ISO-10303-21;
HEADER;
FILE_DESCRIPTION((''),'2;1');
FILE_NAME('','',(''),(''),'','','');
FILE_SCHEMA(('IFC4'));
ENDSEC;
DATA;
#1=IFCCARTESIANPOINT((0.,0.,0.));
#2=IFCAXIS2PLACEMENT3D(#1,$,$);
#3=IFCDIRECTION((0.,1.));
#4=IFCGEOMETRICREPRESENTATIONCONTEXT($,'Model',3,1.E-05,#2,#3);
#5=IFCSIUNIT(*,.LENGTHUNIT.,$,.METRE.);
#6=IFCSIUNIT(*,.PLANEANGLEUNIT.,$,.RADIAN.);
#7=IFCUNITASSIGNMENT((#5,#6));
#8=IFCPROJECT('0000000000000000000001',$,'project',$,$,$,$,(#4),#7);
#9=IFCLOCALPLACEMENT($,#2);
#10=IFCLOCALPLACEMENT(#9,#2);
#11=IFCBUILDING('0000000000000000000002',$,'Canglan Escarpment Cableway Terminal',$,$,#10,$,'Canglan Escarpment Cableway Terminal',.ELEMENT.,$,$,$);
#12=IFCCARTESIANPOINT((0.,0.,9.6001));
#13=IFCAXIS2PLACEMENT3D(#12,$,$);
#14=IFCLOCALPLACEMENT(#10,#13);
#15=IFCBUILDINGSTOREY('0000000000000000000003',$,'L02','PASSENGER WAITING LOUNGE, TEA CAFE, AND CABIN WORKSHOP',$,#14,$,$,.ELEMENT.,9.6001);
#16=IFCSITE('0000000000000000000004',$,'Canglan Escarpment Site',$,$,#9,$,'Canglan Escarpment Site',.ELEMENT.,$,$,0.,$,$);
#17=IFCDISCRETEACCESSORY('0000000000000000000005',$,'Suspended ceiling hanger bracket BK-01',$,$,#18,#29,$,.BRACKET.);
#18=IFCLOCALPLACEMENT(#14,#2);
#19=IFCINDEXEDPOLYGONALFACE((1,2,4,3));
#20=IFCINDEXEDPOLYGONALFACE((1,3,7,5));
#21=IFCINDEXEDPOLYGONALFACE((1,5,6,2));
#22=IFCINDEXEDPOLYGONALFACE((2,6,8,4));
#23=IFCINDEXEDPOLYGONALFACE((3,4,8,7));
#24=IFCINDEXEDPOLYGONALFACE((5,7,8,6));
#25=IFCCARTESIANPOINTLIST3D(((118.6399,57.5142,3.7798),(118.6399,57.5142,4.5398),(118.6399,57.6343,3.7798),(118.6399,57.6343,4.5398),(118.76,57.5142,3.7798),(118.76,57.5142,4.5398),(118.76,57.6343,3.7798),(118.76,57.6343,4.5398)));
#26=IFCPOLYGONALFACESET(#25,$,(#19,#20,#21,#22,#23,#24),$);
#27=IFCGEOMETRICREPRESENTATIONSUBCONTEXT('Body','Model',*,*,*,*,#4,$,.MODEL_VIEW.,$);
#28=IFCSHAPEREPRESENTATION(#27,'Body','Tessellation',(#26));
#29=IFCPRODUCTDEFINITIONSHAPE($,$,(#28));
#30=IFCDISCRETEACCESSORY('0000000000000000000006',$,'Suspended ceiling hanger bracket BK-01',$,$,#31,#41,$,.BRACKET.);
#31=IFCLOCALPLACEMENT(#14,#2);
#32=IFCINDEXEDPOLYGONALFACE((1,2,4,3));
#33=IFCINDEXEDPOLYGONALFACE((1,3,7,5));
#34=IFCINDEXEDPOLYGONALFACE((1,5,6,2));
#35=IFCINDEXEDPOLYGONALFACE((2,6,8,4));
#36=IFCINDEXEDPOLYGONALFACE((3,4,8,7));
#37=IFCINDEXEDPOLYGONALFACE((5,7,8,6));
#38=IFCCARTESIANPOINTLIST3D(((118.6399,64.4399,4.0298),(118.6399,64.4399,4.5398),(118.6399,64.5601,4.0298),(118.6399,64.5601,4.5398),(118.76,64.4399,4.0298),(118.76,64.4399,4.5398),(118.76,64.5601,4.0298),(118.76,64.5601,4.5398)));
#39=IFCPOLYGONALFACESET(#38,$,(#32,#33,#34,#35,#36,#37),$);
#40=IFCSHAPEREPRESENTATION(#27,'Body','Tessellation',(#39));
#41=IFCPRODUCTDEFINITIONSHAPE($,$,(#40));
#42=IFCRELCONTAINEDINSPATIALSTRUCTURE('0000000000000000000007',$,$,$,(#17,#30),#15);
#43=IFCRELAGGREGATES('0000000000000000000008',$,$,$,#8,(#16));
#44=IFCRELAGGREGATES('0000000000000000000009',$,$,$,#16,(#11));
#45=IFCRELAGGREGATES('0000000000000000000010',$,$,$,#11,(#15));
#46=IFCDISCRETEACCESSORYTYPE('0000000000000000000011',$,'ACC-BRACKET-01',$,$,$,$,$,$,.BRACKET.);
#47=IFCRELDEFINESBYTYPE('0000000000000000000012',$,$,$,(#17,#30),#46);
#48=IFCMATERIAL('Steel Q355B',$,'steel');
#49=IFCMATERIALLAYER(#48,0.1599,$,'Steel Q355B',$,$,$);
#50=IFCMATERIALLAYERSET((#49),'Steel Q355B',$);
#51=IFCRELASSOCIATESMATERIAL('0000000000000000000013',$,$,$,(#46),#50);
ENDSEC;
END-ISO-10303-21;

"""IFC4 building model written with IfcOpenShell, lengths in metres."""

from ifc_helpers import new_model, si_unit, direction, frame, origin, origin_2d, place, context, subcontext, project, spatial, rectangle, extrude, material, layer, layer_set, type_object, element, save


model = new_model("IFC4")

# Units and contexts
model_context = context("Model", 3, precision=1e-05, world=origin(), true_north=direction((0.0, 1.0)))
body_context = subcontext(model_context, "Body", "Model", "MODEL_VIEW")
ifc_project = project(units=[si_unit("LENGTHUNIT", "METRE"), si_unit("PLANEANGLEUNIT", "RADIAN")], contexts=[model_context])

# Site, building, storey
site_placement = place(None, origin())
site = spatial("IfcSite", under=ifc_project, at=site_placement, Name="Canglan Escarpment Site", LongName="Canglan Escarpment Site", CompositionType="ELEMENT", RefElevation=0.0)
building_placement = place(site_placement, origin())
building = spatial("IfcBuilding", under=site, at=building_placement, Name="Canglan Escarpment Cableway Terminal", LongName="Canglan Escarpment Cableway Terminal", CompositionType="ELEMENT")
storey_placement = place(building_placement, frame((0.0, 0.0, 9.6001)))
storey = spatial("IfcBuildingStorey", under=building, at=storey_placement, Name="L02", Description="PASSENGER WAITING LOUNGE, TEA CAFE, AND CABIN WORKSHOP", CompositionType="ELEMENT", Elevation=9.6001)

# Shared definitions
ifc_material_1 = material(Name="Steel Q355B", Category="steel")

# Discrete accessories
ifc_layer_1 = layer(ifc_material_1, 0.1599, Name="Steel Q355B")
ifc_layer_set_1 = layer_set([ifc_layer_1], Name="Steel Q355B")
discrete_accessory_type = type_object("IfcDiscreteAccessoryType", Name="ACC-BRACKET-01", PredefinedType="BRACKET", material=ifc_layer_set_1)
discrete_accessory_1_placement = place(storey_placement, frame((118.7, 57.5742, 3.7798), z_axis=(0.0, 0.0, 1.0), x_axis=(1.0, 0.0, 0.0)))
element("IfcDiscreteAccessory", 1, at=discrete_accessory_1_placement, inside=storey, type_object=discrete_accessory_type, Name="Suspended ceiling hanger bracket BK-01", PredefinedType="BRACKET", context=body_context, shape_type="SweptSolid", body=[
    extrude(rectangle(XDim=0.1201, YDim=0.1201, at=origin_2d()), origin(), (0.0, 0.0, 1.0), 0.76),
])
discrete_accessory_2_placement = place(storey_placement, frame((118.7, 64.5, 4.0298), z_axis=(0.0, 0.0, 1.0), x_axis=(1.0, 0.0, 0.0)))
element("IfcDiscreteAccessory", 2, at=discrete_accessory_2_placement, inside=storey, type_object=discrete_accessory_type, Name="Suspended ceiling hanger bracket BK-01", PredefinedType="BRACKET", context=body_context, shape_type="SweptSolid", body=[
    extrude(rectangle(XDim=0.1201, YDim=0.1201, at=origin_2d()), origin(), (0.0, 0.0, 1.0), 0.51),
])

save(model, "model.ifc")
